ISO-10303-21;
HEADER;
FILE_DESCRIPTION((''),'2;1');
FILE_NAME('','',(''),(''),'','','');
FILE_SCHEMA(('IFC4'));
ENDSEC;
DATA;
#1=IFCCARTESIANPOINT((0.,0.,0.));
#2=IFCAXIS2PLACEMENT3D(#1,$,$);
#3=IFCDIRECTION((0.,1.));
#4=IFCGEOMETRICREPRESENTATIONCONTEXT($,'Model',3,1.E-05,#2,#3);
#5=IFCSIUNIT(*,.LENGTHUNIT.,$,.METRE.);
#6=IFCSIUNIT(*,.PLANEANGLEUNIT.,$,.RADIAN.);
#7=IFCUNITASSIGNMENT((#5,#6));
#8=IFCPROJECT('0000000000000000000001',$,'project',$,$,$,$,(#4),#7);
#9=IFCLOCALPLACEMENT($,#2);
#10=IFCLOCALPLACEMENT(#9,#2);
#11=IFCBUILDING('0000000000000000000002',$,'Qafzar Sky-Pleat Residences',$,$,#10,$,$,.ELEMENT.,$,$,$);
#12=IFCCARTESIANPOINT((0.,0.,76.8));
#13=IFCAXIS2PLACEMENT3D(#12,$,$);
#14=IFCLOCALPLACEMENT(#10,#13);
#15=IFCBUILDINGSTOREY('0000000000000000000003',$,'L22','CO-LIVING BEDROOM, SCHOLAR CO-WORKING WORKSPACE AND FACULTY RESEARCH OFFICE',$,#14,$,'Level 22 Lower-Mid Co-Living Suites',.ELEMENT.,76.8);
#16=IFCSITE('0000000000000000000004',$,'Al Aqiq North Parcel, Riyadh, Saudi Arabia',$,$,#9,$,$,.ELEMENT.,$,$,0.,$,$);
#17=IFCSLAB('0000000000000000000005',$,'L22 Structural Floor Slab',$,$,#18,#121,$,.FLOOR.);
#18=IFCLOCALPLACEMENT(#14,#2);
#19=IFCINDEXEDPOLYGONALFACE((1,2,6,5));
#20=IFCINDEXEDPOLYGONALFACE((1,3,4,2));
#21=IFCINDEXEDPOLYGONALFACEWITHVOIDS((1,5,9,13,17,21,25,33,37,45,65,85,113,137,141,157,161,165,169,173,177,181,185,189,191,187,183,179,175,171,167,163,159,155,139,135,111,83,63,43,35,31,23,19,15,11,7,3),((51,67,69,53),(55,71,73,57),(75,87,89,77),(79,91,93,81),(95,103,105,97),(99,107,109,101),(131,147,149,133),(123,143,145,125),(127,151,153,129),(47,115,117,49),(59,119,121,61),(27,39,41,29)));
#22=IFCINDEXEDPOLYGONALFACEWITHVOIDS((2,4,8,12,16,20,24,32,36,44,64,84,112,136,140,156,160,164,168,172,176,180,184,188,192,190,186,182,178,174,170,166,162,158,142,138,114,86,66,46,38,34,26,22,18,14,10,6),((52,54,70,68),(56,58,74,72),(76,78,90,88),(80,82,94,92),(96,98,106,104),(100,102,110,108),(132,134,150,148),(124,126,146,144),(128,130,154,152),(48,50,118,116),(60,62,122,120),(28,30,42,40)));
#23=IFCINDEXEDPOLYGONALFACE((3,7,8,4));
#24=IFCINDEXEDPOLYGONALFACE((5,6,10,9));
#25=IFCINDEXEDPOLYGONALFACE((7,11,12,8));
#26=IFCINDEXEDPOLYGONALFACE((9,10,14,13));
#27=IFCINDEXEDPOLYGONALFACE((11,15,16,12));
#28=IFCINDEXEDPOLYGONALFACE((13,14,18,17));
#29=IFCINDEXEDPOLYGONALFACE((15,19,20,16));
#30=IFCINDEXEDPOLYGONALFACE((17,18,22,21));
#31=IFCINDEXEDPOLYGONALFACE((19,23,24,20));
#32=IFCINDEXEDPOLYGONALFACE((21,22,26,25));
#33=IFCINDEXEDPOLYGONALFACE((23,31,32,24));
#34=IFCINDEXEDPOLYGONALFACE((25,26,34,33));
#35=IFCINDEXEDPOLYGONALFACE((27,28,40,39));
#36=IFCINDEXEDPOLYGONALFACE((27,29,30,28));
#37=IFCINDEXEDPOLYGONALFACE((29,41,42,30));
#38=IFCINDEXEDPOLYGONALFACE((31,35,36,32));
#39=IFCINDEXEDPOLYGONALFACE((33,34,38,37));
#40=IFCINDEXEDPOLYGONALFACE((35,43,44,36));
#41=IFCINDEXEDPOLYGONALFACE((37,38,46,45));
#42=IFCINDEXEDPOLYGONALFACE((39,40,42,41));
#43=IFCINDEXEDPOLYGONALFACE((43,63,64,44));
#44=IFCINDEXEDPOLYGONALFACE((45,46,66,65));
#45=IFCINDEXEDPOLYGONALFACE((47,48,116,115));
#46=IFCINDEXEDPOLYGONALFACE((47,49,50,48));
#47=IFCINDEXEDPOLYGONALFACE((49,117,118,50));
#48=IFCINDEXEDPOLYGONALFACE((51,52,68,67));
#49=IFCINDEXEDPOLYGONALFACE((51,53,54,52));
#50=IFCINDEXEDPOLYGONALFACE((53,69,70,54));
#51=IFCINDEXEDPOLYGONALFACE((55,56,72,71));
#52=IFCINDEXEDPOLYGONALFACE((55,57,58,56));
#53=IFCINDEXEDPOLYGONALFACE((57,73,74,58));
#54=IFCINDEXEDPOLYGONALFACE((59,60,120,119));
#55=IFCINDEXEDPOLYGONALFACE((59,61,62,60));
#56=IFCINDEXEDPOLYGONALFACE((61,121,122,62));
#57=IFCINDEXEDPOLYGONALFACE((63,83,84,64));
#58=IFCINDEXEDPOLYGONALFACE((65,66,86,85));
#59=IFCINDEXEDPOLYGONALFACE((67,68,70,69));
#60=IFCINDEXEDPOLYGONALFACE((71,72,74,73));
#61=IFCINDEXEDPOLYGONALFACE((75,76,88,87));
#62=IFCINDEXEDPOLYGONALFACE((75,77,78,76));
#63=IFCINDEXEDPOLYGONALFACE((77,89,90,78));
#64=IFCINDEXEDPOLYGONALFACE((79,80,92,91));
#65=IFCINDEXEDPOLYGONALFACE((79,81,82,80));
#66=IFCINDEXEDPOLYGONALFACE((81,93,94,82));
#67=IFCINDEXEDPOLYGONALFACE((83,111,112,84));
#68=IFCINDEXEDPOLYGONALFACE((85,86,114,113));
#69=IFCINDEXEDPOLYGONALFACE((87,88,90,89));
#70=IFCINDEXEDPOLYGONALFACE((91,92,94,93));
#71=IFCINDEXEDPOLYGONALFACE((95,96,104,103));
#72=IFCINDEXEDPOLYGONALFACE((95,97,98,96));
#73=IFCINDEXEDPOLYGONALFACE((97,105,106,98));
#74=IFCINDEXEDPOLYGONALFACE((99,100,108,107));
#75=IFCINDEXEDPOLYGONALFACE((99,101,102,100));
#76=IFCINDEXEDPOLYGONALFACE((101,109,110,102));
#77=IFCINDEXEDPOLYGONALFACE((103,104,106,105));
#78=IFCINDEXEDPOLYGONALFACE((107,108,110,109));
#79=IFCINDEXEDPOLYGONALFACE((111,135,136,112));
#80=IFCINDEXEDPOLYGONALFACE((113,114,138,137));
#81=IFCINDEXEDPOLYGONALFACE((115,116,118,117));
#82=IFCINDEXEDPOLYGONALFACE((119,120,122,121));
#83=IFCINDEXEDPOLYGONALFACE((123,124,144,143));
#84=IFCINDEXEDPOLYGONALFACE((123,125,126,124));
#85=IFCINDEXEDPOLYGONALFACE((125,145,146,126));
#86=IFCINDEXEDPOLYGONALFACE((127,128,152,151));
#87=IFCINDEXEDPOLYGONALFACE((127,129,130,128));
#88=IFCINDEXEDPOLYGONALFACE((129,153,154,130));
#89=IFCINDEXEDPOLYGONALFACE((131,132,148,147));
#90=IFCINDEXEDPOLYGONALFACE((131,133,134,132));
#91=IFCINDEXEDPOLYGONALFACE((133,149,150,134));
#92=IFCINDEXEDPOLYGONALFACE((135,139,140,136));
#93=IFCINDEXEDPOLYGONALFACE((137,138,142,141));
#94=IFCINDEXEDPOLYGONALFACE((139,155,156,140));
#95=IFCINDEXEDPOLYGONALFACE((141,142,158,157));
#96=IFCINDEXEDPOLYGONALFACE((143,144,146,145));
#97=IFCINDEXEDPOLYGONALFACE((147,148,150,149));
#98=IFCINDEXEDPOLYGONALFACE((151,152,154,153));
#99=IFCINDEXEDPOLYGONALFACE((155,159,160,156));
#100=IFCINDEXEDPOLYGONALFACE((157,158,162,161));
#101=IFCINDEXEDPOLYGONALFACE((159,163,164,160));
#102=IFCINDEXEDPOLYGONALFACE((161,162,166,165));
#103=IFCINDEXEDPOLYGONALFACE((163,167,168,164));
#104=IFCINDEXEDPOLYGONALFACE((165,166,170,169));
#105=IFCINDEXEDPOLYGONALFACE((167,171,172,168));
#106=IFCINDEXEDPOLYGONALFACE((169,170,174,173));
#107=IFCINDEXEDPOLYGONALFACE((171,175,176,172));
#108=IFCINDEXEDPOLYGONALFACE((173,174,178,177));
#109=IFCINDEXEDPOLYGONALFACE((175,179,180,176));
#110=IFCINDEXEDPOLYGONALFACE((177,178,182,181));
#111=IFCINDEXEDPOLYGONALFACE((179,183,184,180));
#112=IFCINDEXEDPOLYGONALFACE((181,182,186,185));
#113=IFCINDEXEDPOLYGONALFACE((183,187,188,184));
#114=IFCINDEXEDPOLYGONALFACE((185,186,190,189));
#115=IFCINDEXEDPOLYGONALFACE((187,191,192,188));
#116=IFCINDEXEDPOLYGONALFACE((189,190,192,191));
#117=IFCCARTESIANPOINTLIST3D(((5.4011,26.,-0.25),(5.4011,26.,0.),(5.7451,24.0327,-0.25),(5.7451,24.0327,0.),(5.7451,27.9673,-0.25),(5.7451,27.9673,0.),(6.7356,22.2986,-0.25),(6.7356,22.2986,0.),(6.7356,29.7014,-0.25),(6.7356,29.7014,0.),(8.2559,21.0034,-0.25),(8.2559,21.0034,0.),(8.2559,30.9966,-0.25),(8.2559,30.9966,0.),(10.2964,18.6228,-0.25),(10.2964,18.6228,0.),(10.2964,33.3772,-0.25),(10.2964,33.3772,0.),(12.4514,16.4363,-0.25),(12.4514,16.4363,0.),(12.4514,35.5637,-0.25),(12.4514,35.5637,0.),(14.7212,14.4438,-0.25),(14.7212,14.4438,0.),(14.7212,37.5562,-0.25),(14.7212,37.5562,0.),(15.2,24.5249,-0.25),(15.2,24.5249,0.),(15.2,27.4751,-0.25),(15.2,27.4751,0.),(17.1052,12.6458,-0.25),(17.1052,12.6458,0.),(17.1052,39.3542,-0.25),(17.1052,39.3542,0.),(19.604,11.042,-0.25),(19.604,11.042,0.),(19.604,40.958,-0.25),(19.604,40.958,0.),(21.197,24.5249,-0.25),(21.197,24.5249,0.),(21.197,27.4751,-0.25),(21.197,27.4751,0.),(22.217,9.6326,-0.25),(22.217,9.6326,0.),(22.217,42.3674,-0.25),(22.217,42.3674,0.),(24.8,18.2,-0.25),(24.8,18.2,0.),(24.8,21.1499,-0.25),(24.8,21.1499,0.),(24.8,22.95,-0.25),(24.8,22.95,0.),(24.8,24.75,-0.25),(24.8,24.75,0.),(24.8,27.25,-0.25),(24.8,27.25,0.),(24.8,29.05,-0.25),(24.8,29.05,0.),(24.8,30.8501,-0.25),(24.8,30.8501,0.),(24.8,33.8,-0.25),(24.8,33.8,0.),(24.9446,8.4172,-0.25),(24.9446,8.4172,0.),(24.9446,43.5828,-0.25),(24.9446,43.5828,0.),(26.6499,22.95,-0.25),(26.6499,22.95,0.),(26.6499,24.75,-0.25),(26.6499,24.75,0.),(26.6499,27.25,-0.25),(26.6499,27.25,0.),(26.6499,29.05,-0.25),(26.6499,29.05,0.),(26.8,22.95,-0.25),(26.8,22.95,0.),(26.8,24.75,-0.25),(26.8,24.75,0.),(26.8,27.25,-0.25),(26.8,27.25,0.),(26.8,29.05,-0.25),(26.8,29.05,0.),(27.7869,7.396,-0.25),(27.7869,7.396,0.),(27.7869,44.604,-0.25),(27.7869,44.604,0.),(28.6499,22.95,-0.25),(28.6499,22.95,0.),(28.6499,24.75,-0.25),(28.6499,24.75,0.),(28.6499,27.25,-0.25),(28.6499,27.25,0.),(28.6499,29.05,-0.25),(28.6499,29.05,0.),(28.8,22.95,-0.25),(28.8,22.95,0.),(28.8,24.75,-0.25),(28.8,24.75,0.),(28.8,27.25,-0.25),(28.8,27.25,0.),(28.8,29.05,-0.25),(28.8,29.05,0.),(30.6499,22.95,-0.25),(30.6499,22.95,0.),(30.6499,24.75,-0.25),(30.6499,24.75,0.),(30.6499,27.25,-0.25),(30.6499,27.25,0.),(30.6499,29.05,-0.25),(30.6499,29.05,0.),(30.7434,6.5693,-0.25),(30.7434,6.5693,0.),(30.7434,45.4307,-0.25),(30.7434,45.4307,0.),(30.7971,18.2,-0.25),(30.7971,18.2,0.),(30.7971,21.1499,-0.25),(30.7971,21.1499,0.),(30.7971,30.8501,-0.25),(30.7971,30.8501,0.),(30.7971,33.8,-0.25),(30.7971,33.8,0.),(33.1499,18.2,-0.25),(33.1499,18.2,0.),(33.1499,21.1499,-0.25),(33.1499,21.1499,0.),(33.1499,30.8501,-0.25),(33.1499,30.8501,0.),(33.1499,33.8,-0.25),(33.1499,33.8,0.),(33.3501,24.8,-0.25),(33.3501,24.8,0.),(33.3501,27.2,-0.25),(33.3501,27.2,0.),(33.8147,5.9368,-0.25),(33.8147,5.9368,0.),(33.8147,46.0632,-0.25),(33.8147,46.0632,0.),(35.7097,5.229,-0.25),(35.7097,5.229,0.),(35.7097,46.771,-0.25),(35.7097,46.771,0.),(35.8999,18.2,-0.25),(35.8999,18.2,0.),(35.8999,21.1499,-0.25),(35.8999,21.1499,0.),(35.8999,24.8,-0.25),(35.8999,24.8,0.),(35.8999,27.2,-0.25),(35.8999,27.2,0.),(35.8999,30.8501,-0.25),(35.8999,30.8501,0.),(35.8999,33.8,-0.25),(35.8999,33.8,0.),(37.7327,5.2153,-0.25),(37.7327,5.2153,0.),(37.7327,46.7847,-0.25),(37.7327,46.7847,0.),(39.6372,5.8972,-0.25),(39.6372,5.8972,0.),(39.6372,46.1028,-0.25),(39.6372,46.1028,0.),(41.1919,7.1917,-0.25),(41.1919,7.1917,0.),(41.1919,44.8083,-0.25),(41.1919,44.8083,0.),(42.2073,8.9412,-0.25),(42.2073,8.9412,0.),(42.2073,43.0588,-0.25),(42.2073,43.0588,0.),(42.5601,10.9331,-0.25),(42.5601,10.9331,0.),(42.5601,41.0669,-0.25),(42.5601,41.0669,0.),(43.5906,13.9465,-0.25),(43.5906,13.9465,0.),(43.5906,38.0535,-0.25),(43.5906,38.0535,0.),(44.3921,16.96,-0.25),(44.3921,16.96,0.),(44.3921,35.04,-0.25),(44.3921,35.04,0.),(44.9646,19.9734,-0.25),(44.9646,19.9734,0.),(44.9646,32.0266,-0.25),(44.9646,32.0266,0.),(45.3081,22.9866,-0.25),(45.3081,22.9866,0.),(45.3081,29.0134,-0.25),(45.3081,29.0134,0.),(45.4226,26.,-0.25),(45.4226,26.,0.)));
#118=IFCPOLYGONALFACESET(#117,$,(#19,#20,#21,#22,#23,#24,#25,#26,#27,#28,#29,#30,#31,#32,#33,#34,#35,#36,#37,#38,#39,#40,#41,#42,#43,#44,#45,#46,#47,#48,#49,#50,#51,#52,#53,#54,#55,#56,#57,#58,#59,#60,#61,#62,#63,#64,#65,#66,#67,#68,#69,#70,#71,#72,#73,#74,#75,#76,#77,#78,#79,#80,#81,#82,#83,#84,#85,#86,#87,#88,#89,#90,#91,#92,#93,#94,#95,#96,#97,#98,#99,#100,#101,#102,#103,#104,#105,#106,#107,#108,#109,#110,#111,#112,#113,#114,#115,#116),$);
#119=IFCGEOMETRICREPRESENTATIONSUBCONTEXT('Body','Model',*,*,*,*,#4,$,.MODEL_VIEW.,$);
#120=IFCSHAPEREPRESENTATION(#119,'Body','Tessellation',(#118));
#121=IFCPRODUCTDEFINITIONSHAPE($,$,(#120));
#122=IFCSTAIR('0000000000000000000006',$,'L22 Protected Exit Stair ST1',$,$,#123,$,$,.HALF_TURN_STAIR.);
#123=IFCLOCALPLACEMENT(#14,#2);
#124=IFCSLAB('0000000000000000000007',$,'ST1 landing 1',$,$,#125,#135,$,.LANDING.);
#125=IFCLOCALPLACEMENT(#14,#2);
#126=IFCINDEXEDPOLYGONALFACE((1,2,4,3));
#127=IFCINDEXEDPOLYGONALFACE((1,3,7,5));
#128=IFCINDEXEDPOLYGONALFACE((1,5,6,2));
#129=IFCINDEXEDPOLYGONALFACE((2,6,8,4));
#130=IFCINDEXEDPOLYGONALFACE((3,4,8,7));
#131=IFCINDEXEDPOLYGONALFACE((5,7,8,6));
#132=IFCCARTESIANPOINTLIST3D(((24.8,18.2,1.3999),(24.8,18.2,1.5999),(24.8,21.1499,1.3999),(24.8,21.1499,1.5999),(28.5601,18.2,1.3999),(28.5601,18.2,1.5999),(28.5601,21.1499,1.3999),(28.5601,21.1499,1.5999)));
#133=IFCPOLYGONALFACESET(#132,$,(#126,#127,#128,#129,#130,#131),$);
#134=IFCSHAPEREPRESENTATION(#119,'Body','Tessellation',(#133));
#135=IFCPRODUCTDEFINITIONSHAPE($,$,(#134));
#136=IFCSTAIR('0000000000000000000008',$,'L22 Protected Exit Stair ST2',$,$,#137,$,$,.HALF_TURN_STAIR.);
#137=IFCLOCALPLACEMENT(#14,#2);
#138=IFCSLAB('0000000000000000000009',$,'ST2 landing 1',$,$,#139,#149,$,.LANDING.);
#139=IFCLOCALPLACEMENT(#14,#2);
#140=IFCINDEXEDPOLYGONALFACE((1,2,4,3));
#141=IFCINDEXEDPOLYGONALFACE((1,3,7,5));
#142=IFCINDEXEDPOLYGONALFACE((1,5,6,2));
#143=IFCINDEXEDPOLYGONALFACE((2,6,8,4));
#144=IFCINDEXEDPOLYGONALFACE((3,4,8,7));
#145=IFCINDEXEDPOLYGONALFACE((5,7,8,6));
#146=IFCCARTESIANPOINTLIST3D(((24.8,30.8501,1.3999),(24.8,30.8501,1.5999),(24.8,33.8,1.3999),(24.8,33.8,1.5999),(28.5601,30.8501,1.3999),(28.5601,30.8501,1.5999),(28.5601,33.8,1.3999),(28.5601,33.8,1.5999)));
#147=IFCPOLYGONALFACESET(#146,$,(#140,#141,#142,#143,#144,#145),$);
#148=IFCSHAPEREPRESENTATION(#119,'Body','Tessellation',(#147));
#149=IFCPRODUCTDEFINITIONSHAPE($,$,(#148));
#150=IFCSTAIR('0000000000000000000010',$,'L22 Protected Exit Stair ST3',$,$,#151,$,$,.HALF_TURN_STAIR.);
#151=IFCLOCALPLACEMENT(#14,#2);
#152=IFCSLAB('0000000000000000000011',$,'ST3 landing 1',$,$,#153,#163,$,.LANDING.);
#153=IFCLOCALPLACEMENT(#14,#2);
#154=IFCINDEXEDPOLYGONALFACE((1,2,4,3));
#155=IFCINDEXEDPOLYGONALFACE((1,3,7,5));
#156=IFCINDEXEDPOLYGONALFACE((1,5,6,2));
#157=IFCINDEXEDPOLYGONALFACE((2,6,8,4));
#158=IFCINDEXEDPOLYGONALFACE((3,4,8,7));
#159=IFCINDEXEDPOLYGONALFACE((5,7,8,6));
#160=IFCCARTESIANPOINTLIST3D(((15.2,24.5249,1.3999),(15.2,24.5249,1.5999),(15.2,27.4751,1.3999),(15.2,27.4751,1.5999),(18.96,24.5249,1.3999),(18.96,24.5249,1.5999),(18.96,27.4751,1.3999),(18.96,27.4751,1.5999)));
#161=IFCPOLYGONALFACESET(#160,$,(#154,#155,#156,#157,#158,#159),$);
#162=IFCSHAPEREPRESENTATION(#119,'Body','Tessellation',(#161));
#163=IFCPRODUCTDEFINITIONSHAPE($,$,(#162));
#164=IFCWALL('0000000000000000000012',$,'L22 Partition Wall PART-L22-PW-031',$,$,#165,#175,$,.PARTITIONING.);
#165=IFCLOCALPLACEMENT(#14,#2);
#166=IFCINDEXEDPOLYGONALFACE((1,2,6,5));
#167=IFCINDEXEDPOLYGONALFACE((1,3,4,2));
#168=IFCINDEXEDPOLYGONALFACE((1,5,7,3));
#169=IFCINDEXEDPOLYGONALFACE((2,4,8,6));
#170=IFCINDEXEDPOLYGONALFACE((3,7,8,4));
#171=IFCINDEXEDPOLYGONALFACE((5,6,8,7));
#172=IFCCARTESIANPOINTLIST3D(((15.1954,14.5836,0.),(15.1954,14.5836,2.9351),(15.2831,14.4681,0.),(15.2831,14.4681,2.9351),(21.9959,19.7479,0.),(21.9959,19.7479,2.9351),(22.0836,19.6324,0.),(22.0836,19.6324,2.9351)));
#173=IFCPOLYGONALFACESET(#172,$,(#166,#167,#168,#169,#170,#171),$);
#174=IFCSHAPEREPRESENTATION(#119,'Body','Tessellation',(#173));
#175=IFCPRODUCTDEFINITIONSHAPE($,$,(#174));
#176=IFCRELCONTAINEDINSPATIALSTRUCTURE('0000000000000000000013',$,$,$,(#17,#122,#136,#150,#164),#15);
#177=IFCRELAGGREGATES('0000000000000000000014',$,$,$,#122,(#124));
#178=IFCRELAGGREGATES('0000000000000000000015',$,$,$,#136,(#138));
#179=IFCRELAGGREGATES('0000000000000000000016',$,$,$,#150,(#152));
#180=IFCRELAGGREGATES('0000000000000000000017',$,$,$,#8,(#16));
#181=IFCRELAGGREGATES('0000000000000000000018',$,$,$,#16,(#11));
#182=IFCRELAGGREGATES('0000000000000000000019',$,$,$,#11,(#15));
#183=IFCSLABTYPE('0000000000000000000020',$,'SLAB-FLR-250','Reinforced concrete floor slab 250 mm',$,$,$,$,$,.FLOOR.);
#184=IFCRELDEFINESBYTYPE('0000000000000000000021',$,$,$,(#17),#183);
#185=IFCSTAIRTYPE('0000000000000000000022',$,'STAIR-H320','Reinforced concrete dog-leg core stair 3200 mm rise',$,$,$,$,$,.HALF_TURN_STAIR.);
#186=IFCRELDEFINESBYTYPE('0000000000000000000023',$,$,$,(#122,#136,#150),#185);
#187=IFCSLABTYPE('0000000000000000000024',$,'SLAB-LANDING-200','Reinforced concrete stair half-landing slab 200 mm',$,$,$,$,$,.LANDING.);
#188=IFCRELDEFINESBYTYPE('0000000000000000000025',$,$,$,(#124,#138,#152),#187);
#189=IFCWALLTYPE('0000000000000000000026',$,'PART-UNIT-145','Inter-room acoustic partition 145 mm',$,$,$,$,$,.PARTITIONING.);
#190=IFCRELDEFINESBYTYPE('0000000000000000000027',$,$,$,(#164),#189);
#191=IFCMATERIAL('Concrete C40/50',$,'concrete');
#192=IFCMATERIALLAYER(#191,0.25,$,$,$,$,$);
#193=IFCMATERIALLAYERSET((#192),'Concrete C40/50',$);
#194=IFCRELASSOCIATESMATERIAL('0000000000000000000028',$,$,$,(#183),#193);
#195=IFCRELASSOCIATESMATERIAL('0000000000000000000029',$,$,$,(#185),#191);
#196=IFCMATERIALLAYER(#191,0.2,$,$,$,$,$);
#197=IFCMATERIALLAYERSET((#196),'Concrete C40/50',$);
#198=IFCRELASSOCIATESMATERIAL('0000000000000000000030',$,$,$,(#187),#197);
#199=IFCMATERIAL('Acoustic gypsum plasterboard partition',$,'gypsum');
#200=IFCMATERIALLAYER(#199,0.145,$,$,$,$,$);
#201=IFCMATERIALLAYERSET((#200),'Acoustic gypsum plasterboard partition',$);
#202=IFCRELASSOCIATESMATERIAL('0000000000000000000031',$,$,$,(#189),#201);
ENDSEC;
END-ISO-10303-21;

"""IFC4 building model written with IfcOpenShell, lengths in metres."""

from ifc_helpers import new_model, si_unit, direction, frame, frame_2d, origin, place, context, subcontext, project, spatial, polyline, rectangle, outline, extrude, material, layer, layer_set, type_object, element, aggregate, save


model = new_model("IFC4")

# Units and contexts
model_context = context("Model", 3, precision=1e-05, world=origin(), true_north=direction((0.0, 1.0)))
body_context = subcontext(model_context, "Body", "Model", "MODEL_VIEW")
ifc_project = project(units=[si_unit("LENGTHUNIT", "METRE"), si_unit("PLANEANGLEUNIT", "RADIAN")], contexts=[model_context])

# Site, building, storey
site_placement = place(None, origin())
site = spatial("IfcSite", under=ifc_project, at=site_placement, Name="Al Aqiq North Parcel, Riyadh, Saudi Arabia", CompositionType="ELEMENT", RefElevation=0.0)
building_placement = place(site_placement, origin())
building = spatial("IfcBuilding", under=site, at=building_placement, Name="Qafzar Sky-Pleat Residences", CompositionType="ELEMENT")
storey_placement = place(building_placement, frame((0.0, 0.0, 76.8)))
storey = spatial("IfcBuildingStorey", under=building, at=storey_placement, Name="L22", Description="CO-LIVING BEDROOM, SCHOLAR CO-WORKING WORKSPACE AND FACULTY RESEARCH OFFICE", LongName="Level 22 Lower-Mid Co-Living Suites", CompositionType="ELEMENT", Elevation=76.8)

# Slab
ifc_material_1 = material(Name="Concrete C40/50", Category="concrete")
ifc_layer_1 = layer(ifc_material_1, 0.25)
ifc_layer_set_1 = layer_set([ifc_layer_1], Name="Concrete C40/50")
slab_type_1 = type_object("IfcSlabType", Name="SLAB-FLR-250", Description="Reinforced concrete floor slab 250 mm", PredefinedType="FLOOR", material=ifc_layer_set_1)
slab_1_placement = place(storey_placement, frame((0.0, 0.0, -0.25)))
element("IfcSlab", 1, at=slab_1_placement, inside=storey, type_object=slab_type_1, Name="L22 Structural Floor Slab", PredefinedType="FLOOR", context=body_context, shape_type="SweptSolid", body=[
    extrude(outline(polyline([(8.2559, 30.9966), (6.7356, 29.7014), (5.7451, 27.9673), (5.4011, 26.0), (5.7451, 24.0327), (6.7356, 22.2986), (8.2559, 21.0034), (10.2964, 18.6228), (12.4514, 16.4363), (14.7212, 14.4438), (17.1052, 12.6458), (19.604, 11.042), (22.217, 9.6326), (24.9446, 8.4172), (27.7869, 7.396), (30.7434, 6.5693), (33.8147, 5.9368), (35.7097, 5.229), (37.7327, 5.2153), (39.6372, 5.8972), (41.1919, 7.1917), (42.2073, 8.9412), (42.5601, 10.9331), (43.5906, 13.9465), (44.3921, 16.96), (44.9646, 19.9734), (45.3081, 22.9866), (45.4226, 26.0), (45.3081, 29.0134), (44.9646, 32.0266), (44.3921, 35.04), (43.5906, 38.0535), (42.5601, 41.0669), (42.2073, 43.0588), (41.1919, 44.8083), (39.6372, 46.1028), (37.7327, 46.7847), (35.7097, 46.771), (33.8147, 46.0632), (30.7434, 45.4307), (27.7869, 44.604), (24.9446, 43.5828), (22.217, 42.3674), (19.604, 40.958), (17.1052, 39.3542), (14.7212, 37.5562), (12.4514, 35.5637), (10.2964, 33.3772), (8.2559, 30.9966)]), holes=[polyline([(30.7971, 21.1499), (24.8, 21.1499), (24.8, 18.2), (30.7971, 18.2), (30.7971, 21.1499)]), polyline([(30.7971, 33.8), (24.8, 33.8), (24.8, 30.8501), (30.7971, 30.8501), (30.7971, 33.8)]), polyline([(21.197, 27.4751), (15.2, 27.4751), (15.2, 24.5249), (21.197, 24.5249), (21.197, 27.4751)]), polyline([(24.8, 22.95), (26.6499, 22.95), (26.6499, 24.75), (24.8, 24.75), (24.8, 22.95)]), polyline([(26.8, 22.95), (28.6499, 22.95), (28.6499, 24.75), (26.8, 24.75), (26.8, 22.95)]), polyline([(28.8, 22.95), (30.6499, 22.95), (30.6499, 24.75), (28.8, 24.75), (28.8, 22.95)]), polyline([(24.8, 27.25), (26.6499, 27.25), (26.6499, 29.05), (24.8, 29.05), (24.8, 27.25)]), polyline([(26.8, 27.25), (28.6499, 27.25), (28.6499, 29.05), (26.8, 29.05), (26.8, 27.25)]), polyline([(28.8, 27.25), (30.6499, 27.25), (30.6499, 29.05), (28.8, 29.05), (28.8, 27.25)]), polyline([(33.1499, 18.2), (35.8999, 18.2), (35.8999, 21.1499), (33.1499, 21.1499), (33.1499, 18.2)]), polyline([(33.1499, 30.8501), (35.8999, 30.8501), (35.8999, 33.8), (33.1499, 33.8), (33.1499, 30.8501)]), polyline([(33.3501, 24.8), (35.8999, 24.8), (35.8999, 27.2), (33.3501, 27.2), (33.3501, 24.8)])]), origin(), (0.0, 0.0, 1.0), 0.25),
])

# Stairs, slabs
stair_type = type_object("IfcStairType", Name="STAIR-H320", Description="Reinforced concrete dog-leg core stair 3200 mm rise", PredefinedType="HALF_TURN_STAIR", material=ifc_material_1)
stair_1_placement = place(storey_placement, origin())
stair_1 = element("IfcStair", 2, at=stair_1_placement, inside=storey, type_object=stair_type, Name="L22 Protected Exit Stair ST1", PredefinedType="HALF_TURN_STAIR")
ifc_layer_2 = layer(ifc_material_1, 0.2)
ifc_layer_set_2 = layer_set([ifc_layer_2], Name="Concrete C40/50")
slab_type_2 = type_object("IfcSlabType", Name="SLAB-LANDING-200", Description="Reinforced concrete stair half-landing slab 200 mm", PredefinedType="LANDING", material=ifc_layer_set_2)
slab_2_placement = place(storey_placement, frame((0.0, 0.0, 1.3999)))
slab_2 = element("IfcSlab", 3, at=slab_2_placement, type_object=slab_type_2, Name="ST1 landing 1", PredefinedType="LANDING", context=body_context, shape_type="SweptSolid", body=[
    extrude(outline(polyline([(28.5601, 21.1499), (24.8, 21.1499), (24.8, 18.2), (28.5601, 18.2), (28.5601, 21.1499)])), origin(), (0.0, 0.0, 1.0), 0.2),
])
aggregate(stair_1, [slab_2])
stair_2_placement = place(storey_placement, origin())
stair_2 = element("IfcStair", 4, at=stair_2_placement, inside=storey, type_object=stair_type, Name="L22 Protected Exit Stair ST2", PredefinedType="HALF_TURN_STAIR")
slab_3_placement = place(storey_placement, frame((0.0, 0.0, 1.3999)))
slab_3 = element("IfcSlab", 5, at=slab_3_placement, type_object=slab_type_2, Name="ST2 landing 1", PredefinedType="LANDING", context=body_context, shape_type="SweptSolid", body=[
    extrude(outline(polyline([(28.5601, 33.8), (24.8, 33.8), (24.8, 30.8501), (28.5601, 30.8501), (28.5601, 33.8)])), origin(), (0.0, 0.0, 1.0), 0.2),
])
aggregate(stair_2, [slab_3])
stair_3_placement = place(storey_placement, origin())
stair_3 = element("IfcStair", 6, at=stair_3_placement, inside=storey, type_object=stair_type, Name="L22 Protected Exit Stair ST3", PredefinedType="HALF_TURN_STAIR")
slab_4_placement = place(storey_placement, frame((0.0, 0.0, 1.3999)))
slab_4 = element("IfcSlab", 7, at=slab_4_placement, type_object=slab_type_2, Name="ST3 landing 1", PredefinedType="LANDING", context=body_context, shape_type="SweptSolid", body=[
    extrude(outline(polyline([(18.96, 27.4751), (15.2, 27.4751), (15.2, 24.5249), (18.96, 24.5249), (18.96, 27.4751)])), origin(), (0.0, 0.0, 1.0), 0.2),
])
aggregate(stair_3, [slab_4])

# Wall
ifc_material_2 = material(Name="Acoustic gypsum plasterboard partition", Category="gypsum")
ifc_layer_3 = layer(ifc_material_2, 0.145)
ifc_layer_set_3 = layer_set([ifc_layer_3], Name="Acoustic gypsum plasterboard partition")
wall_type = type_object("IfcWallType", Name="PART-UNIT-145", Description="Inter-room acoustic partition 145 mm", PredefinedType="PARTITIONING", material=ifc_layer_set_3)
wall_placement = place(storey_placement, frame((15.2393, 14.5259, 0.0), z_axis=(0.0, 0.0, 1.0), x_axis=(0.796394, 0.604779, 0.0)))
element("IfcWall", 8, at=wall_placement, inside=storey, type_object=wall_type, Name="L22 Partition Wall PART-L22-PW-031", PredefinedType="PARTITIONING", context=body_context, shape_type="SweptSolid", body=[
    extrude(rectangle(XDim=8.5391, YDim=0.145, at=frame_2d((4.2695, 0.0))), origin(), (0.0, 0.0, 1.0), 2.9351),
])

save(model, "model.ifc")
